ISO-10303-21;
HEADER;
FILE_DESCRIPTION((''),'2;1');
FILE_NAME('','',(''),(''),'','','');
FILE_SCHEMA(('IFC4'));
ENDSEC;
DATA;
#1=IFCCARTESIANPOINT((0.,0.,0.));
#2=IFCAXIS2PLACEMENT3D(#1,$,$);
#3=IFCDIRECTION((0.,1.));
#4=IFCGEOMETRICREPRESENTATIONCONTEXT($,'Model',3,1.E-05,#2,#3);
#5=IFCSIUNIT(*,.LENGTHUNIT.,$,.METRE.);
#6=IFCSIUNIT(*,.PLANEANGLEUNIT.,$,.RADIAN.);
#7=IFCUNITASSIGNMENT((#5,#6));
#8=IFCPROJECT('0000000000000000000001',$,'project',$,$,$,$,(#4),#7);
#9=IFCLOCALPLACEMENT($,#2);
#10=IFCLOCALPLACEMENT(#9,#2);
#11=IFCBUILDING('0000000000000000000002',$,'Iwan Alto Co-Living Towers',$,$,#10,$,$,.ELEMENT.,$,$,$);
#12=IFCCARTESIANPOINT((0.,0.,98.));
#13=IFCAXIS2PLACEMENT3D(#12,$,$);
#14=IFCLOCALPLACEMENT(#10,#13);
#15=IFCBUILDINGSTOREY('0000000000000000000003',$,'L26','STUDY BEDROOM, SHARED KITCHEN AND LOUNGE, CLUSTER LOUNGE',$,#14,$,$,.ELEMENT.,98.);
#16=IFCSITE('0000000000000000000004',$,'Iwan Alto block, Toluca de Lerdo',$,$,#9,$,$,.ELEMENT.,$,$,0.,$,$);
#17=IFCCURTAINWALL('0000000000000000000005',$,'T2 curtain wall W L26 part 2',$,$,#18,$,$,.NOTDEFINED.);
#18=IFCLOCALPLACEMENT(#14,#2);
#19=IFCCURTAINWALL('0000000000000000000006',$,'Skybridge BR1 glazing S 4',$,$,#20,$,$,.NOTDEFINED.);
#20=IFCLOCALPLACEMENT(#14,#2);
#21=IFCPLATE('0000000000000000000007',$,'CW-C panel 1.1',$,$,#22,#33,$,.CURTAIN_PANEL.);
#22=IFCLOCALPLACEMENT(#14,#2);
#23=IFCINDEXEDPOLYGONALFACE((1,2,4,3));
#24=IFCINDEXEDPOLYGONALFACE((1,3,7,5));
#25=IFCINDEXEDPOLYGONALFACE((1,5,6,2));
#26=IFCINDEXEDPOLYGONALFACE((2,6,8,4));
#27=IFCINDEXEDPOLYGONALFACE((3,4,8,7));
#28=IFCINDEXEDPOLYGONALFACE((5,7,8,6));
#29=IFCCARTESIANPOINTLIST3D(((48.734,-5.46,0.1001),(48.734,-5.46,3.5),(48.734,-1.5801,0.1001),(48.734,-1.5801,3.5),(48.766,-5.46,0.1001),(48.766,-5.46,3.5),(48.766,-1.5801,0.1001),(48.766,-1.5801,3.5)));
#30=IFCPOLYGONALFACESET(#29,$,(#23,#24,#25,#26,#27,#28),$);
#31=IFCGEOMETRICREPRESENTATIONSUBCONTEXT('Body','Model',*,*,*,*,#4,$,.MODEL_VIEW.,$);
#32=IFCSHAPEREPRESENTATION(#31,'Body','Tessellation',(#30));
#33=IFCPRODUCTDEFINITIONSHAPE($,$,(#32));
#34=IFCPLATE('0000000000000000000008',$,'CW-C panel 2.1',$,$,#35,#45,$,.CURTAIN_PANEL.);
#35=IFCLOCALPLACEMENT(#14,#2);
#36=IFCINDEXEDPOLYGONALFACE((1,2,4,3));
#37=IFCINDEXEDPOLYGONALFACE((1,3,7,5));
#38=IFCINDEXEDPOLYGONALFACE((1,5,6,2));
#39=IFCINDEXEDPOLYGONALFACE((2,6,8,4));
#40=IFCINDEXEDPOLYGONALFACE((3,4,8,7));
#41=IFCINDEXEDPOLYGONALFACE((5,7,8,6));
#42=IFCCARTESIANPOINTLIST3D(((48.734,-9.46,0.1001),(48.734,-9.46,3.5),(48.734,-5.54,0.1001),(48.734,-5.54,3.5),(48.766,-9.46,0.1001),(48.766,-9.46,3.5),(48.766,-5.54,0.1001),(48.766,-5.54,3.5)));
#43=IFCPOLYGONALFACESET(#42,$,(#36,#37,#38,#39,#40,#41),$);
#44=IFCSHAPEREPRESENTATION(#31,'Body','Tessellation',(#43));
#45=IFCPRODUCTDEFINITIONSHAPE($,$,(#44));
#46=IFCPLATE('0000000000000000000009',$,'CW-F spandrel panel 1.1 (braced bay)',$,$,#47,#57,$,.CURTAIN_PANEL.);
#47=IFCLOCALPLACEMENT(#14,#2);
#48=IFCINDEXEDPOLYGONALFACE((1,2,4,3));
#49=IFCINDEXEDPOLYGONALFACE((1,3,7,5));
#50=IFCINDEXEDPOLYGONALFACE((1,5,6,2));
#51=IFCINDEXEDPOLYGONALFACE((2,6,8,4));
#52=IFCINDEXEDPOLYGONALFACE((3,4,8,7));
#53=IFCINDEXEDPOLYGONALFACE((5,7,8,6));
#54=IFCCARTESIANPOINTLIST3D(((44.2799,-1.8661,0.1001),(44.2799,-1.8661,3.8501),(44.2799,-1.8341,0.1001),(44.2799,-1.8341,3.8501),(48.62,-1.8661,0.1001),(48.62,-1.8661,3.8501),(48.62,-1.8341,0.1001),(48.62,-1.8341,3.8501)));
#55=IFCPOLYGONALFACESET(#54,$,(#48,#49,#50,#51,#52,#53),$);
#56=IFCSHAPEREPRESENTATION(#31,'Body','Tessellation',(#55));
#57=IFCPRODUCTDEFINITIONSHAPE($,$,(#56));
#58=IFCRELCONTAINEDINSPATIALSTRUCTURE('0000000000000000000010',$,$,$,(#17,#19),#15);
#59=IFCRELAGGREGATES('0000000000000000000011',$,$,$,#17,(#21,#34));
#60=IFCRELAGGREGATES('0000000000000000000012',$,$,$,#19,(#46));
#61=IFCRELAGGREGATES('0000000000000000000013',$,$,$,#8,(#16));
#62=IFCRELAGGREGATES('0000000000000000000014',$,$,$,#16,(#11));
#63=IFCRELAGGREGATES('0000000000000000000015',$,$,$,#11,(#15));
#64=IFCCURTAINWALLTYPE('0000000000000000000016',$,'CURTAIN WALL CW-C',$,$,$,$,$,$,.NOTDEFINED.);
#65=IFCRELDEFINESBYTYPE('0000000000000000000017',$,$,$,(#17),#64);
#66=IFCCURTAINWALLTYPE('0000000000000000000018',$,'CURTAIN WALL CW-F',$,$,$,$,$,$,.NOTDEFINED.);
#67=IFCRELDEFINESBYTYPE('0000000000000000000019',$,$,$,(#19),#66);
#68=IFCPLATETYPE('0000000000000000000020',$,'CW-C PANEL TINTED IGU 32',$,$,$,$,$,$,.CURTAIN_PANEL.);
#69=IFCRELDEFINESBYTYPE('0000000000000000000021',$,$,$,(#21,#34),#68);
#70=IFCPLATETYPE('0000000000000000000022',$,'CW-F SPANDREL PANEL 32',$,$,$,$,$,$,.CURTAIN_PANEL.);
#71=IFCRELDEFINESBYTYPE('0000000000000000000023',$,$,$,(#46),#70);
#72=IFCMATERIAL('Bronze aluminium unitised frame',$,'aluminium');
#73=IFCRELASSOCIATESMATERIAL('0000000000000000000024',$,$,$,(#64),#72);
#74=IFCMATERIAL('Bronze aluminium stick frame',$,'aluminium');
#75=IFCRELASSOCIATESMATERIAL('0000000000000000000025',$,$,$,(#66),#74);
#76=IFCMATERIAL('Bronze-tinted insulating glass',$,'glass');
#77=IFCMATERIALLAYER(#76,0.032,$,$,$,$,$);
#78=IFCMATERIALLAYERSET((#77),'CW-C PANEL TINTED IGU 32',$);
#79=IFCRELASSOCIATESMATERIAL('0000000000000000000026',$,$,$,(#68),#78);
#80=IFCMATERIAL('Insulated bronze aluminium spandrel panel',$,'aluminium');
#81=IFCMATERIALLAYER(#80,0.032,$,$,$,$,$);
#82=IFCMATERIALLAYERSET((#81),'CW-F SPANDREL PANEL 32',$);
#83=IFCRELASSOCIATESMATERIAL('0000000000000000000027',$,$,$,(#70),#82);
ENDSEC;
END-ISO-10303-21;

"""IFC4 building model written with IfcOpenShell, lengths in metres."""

from ifc_helpers import new_model, si_unit, direction, frame, origin, origin_2d, place, context, subcontext, project, spatial, rectangle, extrude, material, layer, layer_set, type_object, element, aggregate, save


model = new_model("IFC4")

# Units and contexts
model_context = context("Model", 3, precision=1e-05, world=origin(), true_north=direction((0.0, 1.0)))
body_context = subcontext(model_context, "Body", "Model", "MODEL_VIEW")
ifc_project = project(units=[si_unit("LENGTHUNIT", "METRE"), si_unit("PLANEANGLEUNIT", "RADIAN")], contexts=[model_context])

# Site, building, storey
site_placement = place(None, origin())
site = spatial("IfcSite", under=ifc_project, at=site_placement, Name="Iwan Alto block, Toluca de Lerdo", CompositionType="ELEMENT", RefElevation=0.0)
building_placement = place(site_placement, origin())
building = spatial("IfcBuilding", under=site, at=building_placement, Name="Iwan Alto Co-Living Towers", CompositionType="ELEMENT")
storey_placement = place(building_placement, frame((0.0, 0.0, 98.0)))
storey = spatial("IfcBuildingStorey", under=building, at=storey_placement, Name="L26", Description="STUDY BEDROOM, SHARED KITCHEN AND LOUNGE, CLUSTER LOUNGE", CompositionType="ELEMENT", Elevation=98.0)

# Curtain walls
ifc_material_1 = material(Name="Bronze aluminium unitised frame", Category="aluminium")
curtain_wall_type_1 = type_object("IfcCurtainWallType", Name="CURTAIN WALL CW-C", PredefinedType="NOTDEFINED", material=ifc_material_1)
curtain_wall_1_placement = place(storey_placement, origin())
curtain_wall_1 = element("IfcCurtainWall", 1, at=curtain_wall_1_placement, inside=storey, type_object=curtain_wall_type_1, Name="T2 curtain wall W L26 part 2", PredefinedType="NOTDEFINED")
ifc_material_2 = material(Name="Bronze aluminium stick frame", Category="aluminium")
curtain_wall_type_2 = type_object("IfcCurtainWallType", Name="CURTAIN WALL CW-F", PredefinedType="NOTDEFINED", material=ifc_material_2)
curtain_wall_2_placement = place(storey_placement, origin())
curtain_wall_2 = element("IfcCurtainWall", 2, at=curtain_wall_2_placement, inside=storey, type_object=curtain_wall_type_2, Name="Skybridge BR1 glazing S 4", PredefinedType="NOTDEFINED")

# Plates
ifc_material_3 = material(Name="Bronze-tinted insulating glass", Category="glass")
ifc_layer_1 = layer(ifc_material_3, 0.032)
ifc_layer_set_1 = layer_set([ifc_layer_1], Name="CW-C PANEL TINTED IGU 32")
plate_type_1 = type_object("IfcPlateType", Name="CW-C PANEL TINTED IGU 32", PredefinedType="CURTAIN_PANEL", material=ifc_layer_set_1)
plate_1_placement = place(storey_placement, frame((48.75, -3.52, 0.1001), z_axis=(0.0, 0.0, 1.0), x_axis=(0.0, -1.0, 0.0)))
plate_1 = element("IfcPlate", 3, at=plate_1_placement, type_object=plate_type_1, Name="CW-C panel 1.1", PredefinedType="CURTAIN_PANEL", context=body_context, shape_type="SweptSolid", body=[
    extrude(rectangle(XDim=3.8799, YDim=0.032, at=origin_2d()), origin(), (0.0, 0.0, 1.0), 3.3999),
])
plate_2_placement = place(storey_placement, frame((48.75, -7.5, 0.1001), z_axis=(0.0, 0.0, 1.0), x_axis=(0.0, -1.0, 0.0)))
plate_2 = element("IfcPlate", 4, at=plate_2_placement, type_object=plate_type_1, Name="CW-C panel 2.1", PredefinedType="CURTAIN_PANEL", context=body_context, shape_type="SweptSolid", body=[
    extrude(rectangle(XDim=3.9199, YDim=0.032, at=origin_2d()), origin(), (0.0, 0.0, 1.0), 3.3999),
])
aggregate(curtain_wall_1, [plate_1, plate_2])
ifc_material_4 = material(Name="Insulated bronze aluminium spandrel panel", Category="aluminium")
ifc_layer_2 = layer(ifc_material_4, 0.032)
ifc_layer_set_2 = layer_set([ifc_layer_2], Name="CW-F SPANDREL PANEL 32")
plate_type_2 = type_object("IfcPlateType", Name="CW-F SPANDREL PANEL 32", PredefinedType="CURTAIN_PANEL", material=ifc_layer_set_2)
plate_3_placement = place(storey_placement, frame((46.45, -1.8501, 0.1001), z_axis=(0.0, 0.0, 1.0), x_axis=(1.0, 0.0, 0.0)))
plate_3 = element("IfcPlate", 5, at=plate_3_placement, type_object=plate_type_2, Name="CW-F spandrel panel 1.1 (braced bay)", PredefinedType="CURTAIN_PANEL", context=body_context, shape_type="SweptSolid", body=[
    extrude(rectangle(XDim=4.3401, YDim=0.032, at=origin_2d()), origin(), (0.0, 0.0, 1.0), 3.75),
])
aggregate(curtain_wall_2, [plate_3])

save(model, "model.ifc")
